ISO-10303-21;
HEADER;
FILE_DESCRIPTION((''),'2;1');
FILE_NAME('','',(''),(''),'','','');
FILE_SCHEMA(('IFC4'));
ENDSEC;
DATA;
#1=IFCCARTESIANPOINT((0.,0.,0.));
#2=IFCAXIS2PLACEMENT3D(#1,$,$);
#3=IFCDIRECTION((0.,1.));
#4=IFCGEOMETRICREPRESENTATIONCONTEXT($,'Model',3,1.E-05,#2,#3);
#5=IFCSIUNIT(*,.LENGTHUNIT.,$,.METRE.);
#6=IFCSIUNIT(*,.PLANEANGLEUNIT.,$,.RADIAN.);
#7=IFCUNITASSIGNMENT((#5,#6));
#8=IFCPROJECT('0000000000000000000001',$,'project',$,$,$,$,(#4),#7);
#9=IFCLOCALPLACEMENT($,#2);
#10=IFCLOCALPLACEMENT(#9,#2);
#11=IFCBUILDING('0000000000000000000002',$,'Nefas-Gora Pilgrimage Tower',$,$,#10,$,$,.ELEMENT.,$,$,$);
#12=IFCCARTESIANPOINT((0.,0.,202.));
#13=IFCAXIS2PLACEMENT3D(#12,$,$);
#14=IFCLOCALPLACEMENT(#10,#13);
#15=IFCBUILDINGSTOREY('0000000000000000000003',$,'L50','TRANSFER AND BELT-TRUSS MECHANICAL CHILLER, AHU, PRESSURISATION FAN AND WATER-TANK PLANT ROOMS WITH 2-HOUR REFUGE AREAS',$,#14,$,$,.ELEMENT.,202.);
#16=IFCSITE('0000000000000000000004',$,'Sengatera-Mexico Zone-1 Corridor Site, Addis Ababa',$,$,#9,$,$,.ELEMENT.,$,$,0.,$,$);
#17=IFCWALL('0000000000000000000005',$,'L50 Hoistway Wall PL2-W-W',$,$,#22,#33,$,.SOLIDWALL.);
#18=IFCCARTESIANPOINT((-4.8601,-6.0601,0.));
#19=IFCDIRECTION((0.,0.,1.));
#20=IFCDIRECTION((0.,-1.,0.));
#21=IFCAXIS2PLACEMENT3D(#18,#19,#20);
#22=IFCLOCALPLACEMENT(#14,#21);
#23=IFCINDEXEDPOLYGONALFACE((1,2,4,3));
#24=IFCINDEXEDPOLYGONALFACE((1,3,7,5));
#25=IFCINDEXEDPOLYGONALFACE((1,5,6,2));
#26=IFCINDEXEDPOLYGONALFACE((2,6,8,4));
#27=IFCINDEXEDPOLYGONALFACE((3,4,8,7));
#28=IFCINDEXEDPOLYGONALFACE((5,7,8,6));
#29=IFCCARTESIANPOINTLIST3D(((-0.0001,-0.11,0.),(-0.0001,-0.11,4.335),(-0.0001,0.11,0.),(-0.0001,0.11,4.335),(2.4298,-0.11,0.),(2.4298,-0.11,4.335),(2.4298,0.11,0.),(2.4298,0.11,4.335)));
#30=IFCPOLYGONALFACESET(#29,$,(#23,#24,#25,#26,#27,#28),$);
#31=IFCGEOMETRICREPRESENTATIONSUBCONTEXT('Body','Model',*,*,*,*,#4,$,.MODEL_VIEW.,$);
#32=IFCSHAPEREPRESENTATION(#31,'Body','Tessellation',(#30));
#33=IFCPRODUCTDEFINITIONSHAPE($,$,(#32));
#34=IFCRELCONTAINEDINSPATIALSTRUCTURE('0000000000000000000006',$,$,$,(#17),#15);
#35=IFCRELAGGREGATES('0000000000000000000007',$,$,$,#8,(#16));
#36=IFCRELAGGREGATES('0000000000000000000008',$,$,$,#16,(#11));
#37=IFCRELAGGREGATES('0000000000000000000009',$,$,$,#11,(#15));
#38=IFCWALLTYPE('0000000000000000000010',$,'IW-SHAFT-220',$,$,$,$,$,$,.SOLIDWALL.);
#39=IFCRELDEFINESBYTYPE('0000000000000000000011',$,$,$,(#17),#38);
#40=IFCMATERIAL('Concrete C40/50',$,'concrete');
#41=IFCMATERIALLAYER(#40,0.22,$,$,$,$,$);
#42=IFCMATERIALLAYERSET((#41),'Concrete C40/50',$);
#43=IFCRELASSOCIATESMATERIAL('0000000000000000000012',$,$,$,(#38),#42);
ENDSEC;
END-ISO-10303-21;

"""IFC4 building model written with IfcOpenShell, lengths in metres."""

from ifc_helpers import new_model, si_unit, direction, frame, frame_2d, origin, place, context, subcontext, project, spatial, rectangle, extrude, source, transform, mapped, material, layer, layer_set, type_object, element, save


model = new_model("IFC4")

# Units and contexts
model_context = context("Model", 3, precision=1e-05, world=origin(), true_north=direction((0.0, 1.0)))
body_context = subcontext(model_context, "Body", "Model", "MODEL_VIEW")
ifc_project = project(units=[si_unit("LENGTHUNIT", "METRE"), si_unit("PLANEANGLEUNIT", "RADIAN")], contexts=[model_context])

# Site, building, storey
site_placement = place(None, origin())
site = spatial("IfcSite", under=ifc_project, at=site_placement, Name="Sengatera-Mexico Zone-1 Corridor Site, Addis Ababa", CompositionType="ELEMENT", RefElevation=0.0)
building_placement = place(site_placement, origin())
building = spatial("IfcBuilding", under=site, at=building_placement, Name="Nefas-Gora Pilgrimage Tower", CompositionType="ELEMENT")
storey_placement = place(building_placement, frame((0.0, 0.0, 202.0)))
storey = spatial("IfcBuildingStorey", under=building, at=storey_placement, Name="L50", Description="TRANSFER AND BELT-TRUSS MECHANICAL CHILLER, AHU, PRESSURISATION FAN AND WATER-TANK PLANT ROOMS WITH 2-HOUR REFUGE AREAS", CompositionType="ELEMENT", Elevation=202.0)

# Wall
ifc_material_1 = material(Name="Concrete C40/50", Category="concrete")
ifc_layer_1 = layer(ifc_material_1, 0.22)
ifc_layer_set_1 = layer_set([ifc_layer_1], Name="Concrete C40/50")
wall_type_1 = type_object("IfcWallType", Name="IW-SHAFT-220", PredefinedType="SOLIDWALL", material=ifc_layer_set_1)
shared_shape_1 = source(origin(), body_context, "Body", "SweptSolid", [
    extrude(rectangle(XDim=2.4299, YDim=0.22, at=frame_2d((1.2148, 0.0))), origin(), (0.0, 0.0, 1.0), 4.335),
])
wall_1_placement = place(storey_placement, frame((-4.8601, -6.0601, 0.0), z_axis=(0.0, 0.0, 1.0), x_axis=(0.0, -1.0, 0.0)))
element("IfcWall", 1, at=wall_1_placement, inside=storey, type_object=wall_type_1, Name="L50 Hoistway Wall PL2-W-W", PredefinedType="SOLIDWALL", context=body_context, shape_type="MappedRepresentation", body=[
    mapped(shared_shape_1, transform((0.0, 0.0, 0.0), x_axis=(1.0, 0.0, 0.0), y_axis=(0.0, 1.0, 0.0), z_axis=(0.0, 0.0, 1.0), scale=1.0)),
])

save(model, "model.ifc")
